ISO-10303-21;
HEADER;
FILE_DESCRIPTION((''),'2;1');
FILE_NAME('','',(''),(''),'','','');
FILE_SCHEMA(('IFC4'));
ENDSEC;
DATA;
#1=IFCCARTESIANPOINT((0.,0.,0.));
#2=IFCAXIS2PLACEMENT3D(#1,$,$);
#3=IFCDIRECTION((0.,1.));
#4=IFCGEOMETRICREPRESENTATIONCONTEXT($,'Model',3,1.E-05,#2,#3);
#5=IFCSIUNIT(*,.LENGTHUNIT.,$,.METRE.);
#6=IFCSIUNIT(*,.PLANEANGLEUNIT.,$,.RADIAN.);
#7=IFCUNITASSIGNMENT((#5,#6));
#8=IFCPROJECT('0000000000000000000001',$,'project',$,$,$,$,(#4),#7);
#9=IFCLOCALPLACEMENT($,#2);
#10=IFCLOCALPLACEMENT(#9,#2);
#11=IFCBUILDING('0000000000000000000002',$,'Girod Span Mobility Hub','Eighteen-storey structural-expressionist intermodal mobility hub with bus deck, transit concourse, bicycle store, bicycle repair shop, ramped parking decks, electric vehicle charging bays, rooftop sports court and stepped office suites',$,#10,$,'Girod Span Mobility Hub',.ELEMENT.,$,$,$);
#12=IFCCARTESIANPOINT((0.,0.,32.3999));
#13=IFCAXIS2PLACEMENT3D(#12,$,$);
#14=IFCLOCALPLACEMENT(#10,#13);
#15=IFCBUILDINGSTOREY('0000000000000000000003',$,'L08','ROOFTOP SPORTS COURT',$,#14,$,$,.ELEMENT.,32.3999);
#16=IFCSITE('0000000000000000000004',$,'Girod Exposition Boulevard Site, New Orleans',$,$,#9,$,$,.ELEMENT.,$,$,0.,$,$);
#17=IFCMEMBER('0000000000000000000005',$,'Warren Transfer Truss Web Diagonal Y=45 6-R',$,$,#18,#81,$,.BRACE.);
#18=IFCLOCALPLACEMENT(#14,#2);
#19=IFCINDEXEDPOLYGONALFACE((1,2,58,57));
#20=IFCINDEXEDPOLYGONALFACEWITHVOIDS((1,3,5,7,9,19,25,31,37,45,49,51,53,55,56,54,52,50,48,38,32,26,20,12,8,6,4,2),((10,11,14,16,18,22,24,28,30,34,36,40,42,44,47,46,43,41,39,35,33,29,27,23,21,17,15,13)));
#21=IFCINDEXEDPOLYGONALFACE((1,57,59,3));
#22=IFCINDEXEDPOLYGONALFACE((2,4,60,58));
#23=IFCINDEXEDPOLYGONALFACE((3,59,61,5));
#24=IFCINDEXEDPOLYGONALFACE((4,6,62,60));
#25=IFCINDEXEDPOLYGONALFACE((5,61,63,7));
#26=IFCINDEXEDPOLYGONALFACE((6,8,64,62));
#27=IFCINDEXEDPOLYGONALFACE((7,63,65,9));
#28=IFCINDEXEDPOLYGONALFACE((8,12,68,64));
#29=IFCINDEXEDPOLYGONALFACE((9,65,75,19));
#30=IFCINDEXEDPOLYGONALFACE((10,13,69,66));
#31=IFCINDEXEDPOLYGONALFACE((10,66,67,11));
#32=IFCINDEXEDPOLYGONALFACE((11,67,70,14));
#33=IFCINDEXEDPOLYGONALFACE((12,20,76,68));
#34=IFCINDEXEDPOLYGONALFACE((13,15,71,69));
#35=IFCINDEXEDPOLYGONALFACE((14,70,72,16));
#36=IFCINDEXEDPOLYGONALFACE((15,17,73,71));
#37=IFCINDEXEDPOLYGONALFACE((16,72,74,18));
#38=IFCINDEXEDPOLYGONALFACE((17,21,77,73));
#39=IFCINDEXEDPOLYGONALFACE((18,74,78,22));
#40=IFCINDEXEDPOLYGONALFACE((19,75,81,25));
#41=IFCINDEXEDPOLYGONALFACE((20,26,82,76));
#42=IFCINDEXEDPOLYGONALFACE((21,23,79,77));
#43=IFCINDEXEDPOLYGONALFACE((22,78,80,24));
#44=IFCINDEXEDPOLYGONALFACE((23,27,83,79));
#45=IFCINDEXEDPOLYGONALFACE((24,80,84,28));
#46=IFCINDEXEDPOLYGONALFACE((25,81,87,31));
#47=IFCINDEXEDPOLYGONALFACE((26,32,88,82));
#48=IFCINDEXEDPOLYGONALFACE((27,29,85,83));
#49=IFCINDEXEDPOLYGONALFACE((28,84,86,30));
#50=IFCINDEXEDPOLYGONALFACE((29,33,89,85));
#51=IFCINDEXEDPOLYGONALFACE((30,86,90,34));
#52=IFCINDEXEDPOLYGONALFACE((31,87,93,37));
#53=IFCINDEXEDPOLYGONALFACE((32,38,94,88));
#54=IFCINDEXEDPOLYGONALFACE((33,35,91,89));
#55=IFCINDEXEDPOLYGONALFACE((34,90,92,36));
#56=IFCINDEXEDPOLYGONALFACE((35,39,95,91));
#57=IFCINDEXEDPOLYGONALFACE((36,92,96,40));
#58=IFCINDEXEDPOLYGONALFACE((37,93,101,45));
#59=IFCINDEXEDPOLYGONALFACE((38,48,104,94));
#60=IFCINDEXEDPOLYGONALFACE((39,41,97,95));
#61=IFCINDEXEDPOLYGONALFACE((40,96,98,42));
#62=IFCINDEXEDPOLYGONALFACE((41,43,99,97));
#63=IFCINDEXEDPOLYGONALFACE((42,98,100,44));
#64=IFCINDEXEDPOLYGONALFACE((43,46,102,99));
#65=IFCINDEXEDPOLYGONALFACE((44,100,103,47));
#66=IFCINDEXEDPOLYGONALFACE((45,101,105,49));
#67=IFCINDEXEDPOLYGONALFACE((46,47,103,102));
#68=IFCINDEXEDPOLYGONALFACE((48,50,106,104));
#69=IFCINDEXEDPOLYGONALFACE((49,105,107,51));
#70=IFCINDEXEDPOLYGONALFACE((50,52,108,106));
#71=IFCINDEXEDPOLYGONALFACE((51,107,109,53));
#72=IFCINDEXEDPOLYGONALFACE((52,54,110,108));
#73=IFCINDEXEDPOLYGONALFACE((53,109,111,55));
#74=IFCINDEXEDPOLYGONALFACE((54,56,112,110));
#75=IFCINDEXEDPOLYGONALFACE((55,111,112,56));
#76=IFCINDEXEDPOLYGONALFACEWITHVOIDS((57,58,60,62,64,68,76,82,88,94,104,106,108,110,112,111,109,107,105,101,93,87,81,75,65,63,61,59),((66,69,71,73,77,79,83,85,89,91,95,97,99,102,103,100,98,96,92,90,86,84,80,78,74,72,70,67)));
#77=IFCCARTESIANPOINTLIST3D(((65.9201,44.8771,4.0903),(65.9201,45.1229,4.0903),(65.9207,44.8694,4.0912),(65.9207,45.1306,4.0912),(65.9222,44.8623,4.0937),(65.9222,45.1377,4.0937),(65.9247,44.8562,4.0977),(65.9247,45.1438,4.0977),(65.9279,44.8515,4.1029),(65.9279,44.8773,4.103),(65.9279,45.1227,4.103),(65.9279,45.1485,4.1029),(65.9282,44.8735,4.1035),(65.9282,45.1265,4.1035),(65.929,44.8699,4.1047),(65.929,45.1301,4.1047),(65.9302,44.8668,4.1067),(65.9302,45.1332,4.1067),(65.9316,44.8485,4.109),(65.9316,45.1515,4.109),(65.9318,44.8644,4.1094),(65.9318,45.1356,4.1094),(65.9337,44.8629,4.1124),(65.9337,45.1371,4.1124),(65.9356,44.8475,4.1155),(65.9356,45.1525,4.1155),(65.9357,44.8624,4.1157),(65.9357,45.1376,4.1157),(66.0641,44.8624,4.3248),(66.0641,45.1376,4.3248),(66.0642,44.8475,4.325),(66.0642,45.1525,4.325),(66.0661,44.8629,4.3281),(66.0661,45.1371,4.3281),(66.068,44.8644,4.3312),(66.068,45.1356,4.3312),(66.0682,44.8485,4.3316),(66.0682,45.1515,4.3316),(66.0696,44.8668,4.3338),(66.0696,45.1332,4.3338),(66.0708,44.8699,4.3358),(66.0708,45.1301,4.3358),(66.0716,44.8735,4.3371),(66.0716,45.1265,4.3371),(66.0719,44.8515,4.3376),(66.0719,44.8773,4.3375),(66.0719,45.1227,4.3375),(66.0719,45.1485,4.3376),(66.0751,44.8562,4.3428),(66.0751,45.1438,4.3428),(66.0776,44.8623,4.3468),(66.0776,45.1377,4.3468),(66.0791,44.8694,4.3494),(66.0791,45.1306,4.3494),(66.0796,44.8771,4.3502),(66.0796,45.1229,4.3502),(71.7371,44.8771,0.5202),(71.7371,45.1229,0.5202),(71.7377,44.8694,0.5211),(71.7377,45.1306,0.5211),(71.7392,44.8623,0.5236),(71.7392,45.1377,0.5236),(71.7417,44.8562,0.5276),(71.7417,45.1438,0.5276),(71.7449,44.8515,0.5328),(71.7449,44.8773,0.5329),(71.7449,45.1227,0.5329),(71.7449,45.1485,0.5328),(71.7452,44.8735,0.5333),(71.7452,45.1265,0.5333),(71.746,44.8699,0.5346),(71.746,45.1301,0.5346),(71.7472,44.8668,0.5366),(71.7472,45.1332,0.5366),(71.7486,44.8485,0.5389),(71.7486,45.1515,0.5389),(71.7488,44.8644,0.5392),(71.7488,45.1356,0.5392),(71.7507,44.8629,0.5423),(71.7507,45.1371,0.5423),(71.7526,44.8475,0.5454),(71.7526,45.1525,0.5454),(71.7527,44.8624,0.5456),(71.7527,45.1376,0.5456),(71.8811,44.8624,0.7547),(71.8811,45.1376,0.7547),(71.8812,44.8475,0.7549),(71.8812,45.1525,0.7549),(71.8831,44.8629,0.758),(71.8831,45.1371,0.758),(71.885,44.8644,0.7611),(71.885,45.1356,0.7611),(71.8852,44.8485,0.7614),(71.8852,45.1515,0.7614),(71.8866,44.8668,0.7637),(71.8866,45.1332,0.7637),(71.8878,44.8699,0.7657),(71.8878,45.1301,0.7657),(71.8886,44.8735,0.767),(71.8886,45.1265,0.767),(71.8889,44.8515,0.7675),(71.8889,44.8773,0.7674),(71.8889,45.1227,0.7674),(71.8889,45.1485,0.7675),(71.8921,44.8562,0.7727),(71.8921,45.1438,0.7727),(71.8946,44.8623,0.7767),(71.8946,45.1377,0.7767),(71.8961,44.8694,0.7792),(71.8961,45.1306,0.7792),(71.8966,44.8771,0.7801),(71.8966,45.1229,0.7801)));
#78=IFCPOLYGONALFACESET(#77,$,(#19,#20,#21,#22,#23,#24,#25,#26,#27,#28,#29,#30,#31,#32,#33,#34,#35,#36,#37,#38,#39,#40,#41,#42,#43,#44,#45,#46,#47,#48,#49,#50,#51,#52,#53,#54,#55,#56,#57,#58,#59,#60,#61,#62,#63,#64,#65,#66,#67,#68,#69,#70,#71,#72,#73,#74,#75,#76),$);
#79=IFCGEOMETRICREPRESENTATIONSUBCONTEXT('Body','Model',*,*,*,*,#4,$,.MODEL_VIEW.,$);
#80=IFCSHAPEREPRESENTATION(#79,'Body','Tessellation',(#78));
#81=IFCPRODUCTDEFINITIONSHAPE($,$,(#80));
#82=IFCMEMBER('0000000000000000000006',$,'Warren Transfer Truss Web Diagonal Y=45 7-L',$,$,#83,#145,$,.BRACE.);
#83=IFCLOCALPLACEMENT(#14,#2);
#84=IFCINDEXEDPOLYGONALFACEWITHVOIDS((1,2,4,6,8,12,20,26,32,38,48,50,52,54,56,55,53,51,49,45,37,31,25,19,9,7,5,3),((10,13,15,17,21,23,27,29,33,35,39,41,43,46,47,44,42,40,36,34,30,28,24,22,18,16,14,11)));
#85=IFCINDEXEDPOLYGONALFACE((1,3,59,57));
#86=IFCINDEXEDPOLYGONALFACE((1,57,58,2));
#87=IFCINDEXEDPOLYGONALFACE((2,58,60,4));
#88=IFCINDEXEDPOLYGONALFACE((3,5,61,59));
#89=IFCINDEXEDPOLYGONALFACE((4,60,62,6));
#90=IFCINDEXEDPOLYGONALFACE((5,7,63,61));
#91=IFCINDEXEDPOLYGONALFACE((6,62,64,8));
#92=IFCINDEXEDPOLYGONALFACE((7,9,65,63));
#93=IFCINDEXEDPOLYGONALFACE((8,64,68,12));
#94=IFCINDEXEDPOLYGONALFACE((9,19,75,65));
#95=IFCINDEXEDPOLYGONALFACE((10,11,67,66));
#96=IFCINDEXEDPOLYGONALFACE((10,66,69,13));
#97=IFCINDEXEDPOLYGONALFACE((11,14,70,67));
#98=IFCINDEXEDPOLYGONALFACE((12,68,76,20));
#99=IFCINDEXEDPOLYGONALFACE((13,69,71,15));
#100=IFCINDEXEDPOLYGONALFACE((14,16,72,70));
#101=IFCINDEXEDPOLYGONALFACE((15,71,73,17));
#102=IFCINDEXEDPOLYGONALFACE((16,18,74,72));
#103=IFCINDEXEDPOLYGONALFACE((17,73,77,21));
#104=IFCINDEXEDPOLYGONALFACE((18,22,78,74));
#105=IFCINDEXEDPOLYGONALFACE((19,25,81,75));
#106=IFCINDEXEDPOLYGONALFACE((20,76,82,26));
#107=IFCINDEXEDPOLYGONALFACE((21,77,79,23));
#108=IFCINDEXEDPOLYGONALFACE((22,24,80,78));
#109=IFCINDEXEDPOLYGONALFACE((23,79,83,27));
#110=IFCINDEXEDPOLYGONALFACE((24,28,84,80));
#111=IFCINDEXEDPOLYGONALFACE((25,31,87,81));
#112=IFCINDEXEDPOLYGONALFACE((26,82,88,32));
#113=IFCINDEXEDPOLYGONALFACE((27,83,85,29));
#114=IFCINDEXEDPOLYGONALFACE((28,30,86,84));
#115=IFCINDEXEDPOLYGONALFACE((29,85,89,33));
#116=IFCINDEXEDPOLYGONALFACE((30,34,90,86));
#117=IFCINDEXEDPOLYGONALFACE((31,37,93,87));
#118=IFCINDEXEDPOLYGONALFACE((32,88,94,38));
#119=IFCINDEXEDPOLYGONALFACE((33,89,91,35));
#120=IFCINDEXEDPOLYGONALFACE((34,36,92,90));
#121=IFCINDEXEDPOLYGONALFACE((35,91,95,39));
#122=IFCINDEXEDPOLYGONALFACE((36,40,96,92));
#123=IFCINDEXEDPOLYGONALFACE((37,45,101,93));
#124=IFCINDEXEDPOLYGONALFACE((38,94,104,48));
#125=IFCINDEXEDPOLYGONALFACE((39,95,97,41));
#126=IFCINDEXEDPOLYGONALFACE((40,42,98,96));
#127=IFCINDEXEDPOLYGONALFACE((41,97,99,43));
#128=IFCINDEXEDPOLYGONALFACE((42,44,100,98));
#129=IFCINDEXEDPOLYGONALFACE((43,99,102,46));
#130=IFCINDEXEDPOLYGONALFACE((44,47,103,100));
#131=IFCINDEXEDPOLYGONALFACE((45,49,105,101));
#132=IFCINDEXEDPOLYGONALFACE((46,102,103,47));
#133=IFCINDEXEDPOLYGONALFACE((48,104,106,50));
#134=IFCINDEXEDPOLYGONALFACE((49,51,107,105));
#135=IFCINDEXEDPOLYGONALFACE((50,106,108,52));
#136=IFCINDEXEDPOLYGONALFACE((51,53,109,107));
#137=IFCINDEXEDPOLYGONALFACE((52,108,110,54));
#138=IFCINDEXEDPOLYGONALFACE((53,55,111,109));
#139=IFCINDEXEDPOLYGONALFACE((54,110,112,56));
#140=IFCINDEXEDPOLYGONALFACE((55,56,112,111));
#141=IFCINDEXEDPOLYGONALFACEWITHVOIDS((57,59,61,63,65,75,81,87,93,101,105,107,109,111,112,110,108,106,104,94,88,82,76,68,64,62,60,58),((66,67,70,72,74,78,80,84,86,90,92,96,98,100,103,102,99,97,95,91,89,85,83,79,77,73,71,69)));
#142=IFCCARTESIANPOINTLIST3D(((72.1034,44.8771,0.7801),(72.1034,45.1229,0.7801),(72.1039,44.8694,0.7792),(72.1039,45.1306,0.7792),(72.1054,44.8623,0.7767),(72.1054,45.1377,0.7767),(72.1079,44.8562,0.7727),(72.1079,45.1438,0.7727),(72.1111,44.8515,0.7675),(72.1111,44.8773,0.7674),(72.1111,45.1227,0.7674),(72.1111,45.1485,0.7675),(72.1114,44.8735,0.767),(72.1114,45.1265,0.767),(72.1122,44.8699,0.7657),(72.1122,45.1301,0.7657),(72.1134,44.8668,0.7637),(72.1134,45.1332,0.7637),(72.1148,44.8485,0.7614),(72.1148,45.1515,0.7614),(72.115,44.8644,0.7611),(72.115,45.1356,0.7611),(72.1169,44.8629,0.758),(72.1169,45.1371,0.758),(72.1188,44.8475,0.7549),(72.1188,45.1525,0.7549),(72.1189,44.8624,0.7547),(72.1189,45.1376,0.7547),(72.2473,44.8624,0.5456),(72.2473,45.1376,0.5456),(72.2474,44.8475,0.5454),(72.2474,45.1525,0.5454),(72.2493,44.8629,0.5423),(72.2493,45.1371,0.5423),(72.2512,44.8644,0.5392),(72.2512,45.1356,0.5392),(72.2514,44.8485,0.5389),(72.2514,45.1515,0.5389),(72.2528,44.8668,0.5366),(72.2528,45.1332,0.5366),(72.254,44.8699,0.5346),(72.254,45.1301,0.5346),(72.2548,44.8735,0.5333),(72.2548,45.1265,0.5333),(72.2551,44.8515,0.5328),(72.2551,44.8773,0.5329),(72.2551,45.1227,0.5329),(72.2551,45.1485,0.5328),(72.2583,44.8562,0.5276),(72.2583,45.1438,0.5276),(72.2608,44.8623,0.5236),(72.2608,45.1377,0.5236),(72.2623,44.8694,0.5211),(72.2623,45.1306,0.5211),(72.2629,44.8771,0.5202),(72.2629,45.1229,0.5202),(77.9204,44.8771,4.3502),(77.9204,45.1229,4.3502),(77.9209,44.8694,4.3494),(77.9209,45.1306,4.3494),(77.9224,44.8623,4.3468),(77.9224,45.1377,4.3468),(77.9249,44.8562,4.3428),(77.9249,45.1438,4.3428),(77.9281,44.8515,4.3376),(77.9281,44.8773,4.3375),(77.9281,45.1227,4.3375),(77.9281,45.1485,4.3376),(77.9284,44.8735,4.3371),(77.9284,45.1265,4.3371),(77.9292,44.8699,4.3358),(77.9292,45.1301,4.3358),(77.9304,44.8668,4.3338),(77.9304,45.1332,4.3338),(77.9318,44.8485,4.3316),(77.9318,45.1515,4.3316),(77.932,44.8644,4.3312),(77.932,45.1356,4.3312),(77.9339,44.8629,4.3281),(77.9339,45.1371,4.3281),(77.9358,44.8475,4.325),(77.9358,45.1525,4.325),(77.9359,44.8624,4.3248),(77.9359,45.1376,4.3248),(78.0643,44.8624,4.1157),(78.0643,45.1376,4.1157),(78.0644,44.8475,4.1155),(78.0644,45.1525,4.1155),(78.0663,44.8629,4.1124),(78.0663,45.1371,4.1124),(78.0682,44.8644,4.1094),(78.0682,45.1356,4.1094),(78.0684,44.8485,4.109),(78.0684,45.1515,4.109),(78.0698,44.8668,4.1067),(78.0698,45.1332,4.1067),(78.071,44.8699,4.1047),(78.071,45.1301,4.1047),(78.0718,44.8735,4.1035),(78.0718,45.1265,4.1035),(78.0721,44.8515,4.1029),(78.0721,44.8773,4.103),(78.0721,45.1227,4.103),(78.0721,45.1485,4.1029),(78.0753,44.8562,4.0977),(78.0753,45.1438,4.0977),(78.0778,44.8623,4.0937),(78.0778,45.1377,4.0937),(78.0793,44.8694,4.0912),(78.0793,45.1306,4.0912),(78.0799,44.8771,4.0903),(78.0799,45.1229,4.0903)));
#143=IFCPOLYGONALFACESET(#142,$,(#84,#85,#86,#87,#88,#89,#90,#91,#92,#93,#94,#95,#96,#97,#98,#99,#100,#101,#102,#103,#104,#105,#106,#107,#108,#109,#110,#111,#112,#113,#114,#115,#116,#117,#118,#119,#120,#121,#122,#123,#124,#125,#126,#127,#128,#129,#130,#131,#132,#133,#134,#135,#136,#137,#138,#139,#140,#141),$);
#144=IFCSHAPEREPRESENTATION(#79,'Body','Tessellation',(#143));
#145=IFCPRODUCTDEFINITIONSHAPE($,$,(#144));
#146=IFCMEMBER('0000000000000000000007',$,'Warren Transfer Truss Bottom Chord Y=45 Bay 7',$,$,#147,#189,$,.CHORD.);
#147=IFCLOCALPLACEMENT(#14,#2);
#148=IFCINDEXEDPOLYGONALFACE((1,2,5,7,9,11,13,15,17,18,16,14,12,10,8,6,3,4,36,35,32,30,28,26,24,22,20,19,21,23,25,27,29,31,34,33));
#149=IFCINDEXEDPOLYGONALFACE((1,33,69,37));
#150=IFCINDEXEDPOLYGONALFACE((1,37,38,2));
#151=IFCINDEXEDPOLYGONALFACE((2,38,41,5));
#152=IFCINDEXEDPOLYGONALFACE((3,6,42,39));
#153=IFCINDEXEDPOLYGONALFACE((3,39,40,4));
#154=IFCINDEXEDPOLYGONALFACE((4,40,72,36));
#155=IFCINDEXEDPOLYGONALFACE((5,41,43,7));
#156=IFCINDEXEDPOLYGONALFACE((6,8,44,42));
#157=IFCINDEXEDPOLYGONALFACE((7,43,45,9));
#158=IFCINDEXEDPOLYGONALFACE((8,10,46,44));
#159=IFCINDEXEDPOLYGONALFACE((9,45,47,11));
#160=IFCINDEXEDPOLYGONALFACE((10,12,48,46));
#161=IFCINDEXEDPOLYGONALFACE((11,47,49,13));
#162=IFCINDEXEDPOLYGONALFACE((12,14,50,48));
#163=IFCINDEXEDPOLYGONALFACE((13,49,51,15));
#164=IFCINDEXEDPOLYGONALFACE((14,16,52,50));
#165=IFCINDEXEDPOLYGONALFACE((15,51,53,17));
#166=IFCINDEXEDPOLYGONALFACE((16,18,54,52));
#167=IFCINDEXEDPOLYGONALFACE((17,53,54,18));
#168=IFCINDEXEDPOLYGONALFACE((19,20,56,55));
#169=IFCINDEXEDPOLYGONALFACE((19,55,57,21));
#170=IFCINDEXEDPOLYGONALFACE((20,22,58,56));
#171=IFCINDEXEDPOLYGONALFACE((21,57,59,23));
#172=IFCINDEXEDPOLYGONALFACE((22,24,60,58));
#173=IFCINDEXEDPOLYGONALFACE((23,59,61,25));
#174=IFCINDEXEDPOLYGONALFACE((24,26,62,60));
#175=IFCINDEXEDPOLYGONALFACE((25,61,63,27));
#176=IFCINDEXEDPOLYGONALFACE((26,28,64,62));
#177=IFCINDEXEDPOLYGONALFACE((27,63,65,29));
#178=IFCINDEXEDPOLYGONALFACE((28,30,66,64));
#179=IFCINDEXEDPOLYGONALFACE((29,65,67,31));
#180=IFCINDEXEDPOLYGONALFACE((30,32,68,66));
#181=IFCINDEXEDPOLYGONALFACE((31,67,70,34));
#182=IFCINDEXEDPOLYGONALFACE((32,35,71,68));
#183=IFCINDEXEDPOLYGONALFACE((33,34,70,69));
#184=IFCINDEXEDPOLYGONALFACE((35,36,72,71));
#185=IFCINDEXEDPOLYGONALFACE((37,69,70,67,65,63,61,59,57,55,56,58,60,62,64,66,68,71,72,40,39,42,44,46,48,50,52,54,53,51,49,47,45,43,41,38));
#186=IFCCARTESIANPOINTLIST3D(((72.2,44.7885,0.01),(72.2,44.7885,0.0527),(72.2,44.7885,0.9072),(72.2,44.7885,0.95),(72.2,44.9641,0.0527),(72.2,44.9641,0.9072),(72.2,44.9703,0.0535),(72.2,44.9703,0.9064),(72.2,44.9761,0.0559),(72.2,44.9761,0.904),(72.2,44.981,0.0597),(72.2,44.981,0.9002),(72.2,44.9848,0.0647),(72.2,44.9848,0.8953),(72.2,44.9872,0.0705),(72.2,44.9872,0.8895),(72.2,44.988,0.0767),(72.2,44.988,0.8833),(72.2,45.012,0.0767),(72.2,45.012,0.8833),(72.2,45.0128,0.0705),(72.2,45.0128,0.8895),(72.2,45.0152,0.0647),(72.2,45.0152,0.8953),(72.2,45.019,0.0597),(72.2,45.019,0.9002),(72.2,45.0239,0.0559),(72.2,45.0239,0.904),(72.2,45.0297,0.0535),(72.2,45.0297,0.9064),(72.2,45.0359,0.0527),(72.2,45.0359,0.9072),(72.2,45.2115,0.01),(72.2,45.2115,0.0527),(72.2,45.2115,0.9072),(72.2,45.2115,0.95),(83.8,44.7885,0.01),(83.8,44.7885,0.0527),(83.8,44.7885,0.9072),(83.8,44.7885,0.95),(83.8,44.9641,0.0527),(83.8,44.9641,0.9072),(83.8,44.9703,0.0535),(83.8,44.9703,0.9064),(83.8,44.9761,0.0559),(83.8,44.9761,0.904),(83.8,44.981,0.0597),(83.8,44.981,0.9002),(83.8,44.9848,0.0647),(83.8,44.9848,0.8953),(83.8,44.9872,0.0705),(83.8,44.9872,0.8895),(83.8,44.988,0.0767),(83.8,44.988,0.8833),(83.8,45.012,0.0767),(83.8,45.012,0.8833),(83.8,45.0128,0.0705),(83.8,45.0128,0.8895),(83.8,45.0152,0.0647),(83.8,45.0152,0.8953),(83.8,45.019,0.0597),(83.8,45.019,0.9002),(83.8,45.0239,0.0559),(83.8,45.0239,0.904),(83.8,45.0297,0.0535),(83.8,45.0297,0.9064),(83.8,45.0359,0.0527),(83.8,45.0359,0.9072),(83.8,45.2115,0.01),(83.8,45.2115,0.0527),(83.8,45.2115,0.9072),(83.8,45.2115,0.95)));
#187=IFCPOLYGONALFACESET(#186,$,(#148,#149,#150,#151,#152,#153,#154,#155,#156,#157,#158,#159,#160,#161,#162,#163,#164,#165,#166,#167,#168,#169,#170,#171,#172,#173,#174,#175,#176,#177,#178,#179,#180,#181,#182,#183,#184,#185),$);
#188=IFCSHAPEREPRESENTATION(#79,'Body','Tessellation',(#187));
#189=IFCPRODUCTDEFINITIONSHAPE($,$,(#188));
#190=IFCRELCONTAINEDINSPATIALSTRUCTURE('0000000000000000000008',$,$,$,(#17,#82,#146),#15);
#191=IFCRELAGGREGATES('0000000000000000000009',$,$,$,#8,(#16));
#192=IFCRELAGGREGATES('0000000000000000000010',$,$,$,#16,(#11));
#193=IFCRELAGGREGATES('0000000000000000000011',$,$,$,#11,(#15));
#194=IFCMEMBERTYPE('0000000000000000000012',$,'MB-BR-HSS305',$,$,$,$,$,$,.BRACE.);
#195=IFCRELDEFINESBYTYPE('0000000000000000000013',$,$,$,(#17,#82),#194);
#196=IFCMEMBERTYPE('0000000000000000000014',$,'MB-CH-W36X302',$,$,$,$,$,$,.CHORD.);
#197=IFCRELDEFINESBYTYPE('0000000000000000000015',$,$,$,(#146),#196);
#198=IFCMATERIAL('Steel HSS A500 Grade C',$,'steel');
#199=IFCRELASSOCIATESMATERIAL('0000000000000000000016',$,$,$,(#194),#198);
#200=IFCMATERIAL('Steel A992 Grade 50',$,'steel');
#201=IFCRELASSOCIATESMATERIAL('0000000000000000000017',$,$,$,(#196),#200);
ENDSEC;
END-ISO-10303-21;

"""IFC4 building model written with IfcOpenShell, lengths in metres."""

from ifc_helpers import new_model, si_unit, direction, frame, origin, origin_2d, place, context, subcontext, project, spatial, hollow_rectangle, i_section, extrude, material, material_profile, profile_set, type_object, element, save


model = new_model("IFC4")

# Units and contexts
model_context = context("Model", 3, precision=1e-05, world=origin(), true_north=direction((0.0, 1.0)))
body_context = subcontext(model_context, "Body", "Model", "MODEL_VIEW")
ifc_project = project(units=[si_unit("LENGTHUNIT", "METRE"), si_unit("PLANEANGLEUNIT", "RADIAN")], contexts=[model_context])

# Site, building, storey
site_placement = place(None, origin())
site = spatial("IfcSite", under=ifc_project, at=site_placement, Name="Girod Exposition Boulevard Site, New Orleans", CompositionType="ELEMENT", RefElevation=0.0)
building_placement = place(site_placement, origin())
building = spatial("IfcBuilding", under=site, at=building_placement, Name="Girod Span Mobility Hub", Description="Eighteen-storey structural-expressionist intermodal mobility hub with bus deck, transit concourse, bicycle store, bicycle repair shop, ramped parking decks, electric vehicle charging bays, rooftop sports court and stepped office suites", LongName="Girod Span Mobility Hub", CompositionType="ELEMENT")
storey_placement = place(building_placement, frame((0.0, 0.0, 32.3999)))
storey = spatial("IfcBuildingStorey", under=building, at=storey_placement, Name="L08", Description="ROOFTOP SPORTS COURT", CompositionType="ELEMENT", Elevation=32.3999)

# Members
ifc_material_1 = material(Name="Steel HSS A500 Grade C", Category="steel")
ifc_material_profile_1 = material_profile(ifc_material_1, hollow_rectangle(XDim=0.3049, YDim=0.3049, WallThickness=0.0149, InnerFilletRadius=0.0149, OuterFilletRadius=0.0295, at=origin_2d()), Name="HSS305X305X16")
ifc_profile_set_1 = profile_set([ifc_material_profile_1], Name="Steel HSS A500 Grade C")
member_type_1 = type_object("IfcMemberType", Name="MB-BR-HSS305", PredefinedType="BRACE", material=ifc_profile_set_1)
for number, where, z_axis, x_axis, name in (
    (1, (71.8169, 45.0, 0.6501), (-0.852283, 0.0, 0.523081), (0.0, -1.0, 0.0), "Warren Transfer Truss Web Diagonal Y=45 6-R"),
    (2, (72.1831, 45.0, 0.6501), (0.852283, 0.0, 0.523081), (0.0, 1.0, 0.0), "Warren Transfer Truss Web Diagonal Y=45 7-L"),
):
    element("IfcMember", number, at=place(storey_placement, frame(where, z_axis=z_axis, x_axis=x_axis)), inside=storey, type_object=member_type_1, Name=name, PredefinedType="BRACE", context=body_context, shape_type="SweptSolid", body=[
        extrude(hollow_rectangle(XDim=0.3049, YDim=0.3049, WallThickness=0.0149, InnerFilletRadius=0.0149, OuterFilletRadius=0.0295, at=origin_2d()), origin(), (0.0, 0.0, 1.0), 6.8252),
    ])
ifc_material_2 = material(Name="Steel A992 Grade 50", Category="steel")
ifc_material_profile_2 = material_profile(ifc_material_2, i_section(OverallWidth=0.4231, OverallDepth=0.9399, WebThickness=0.0239, FlangeThickness=0.0427, FilletRadius=0.0239, at=origin_2d()), Name="W36X302")
ifc_profile_set_2 = profile_set([ifc_material_profile_2], Name="Steel A992 Grade 50")
member_type_2 = type_object("IfcMemberType", Name="MB-CH-W36X302", PredefinedType="CHORD", material=ifc_profile_set_2)
member_1_placement = place(storey_placement, frame((72.2, 45.0, 0.48), z_axis=(1.0, 0.0, 0.0), x_axis=(0.0, 1.0, 0.0)))
element("IfcMember", 3, at=member_1_placement, inside=storey, type_object=member_type_2, Name="Warren Transfer Truss Bottom Chord Y=45 Bay 7", PredefinedType="CHORD", context=body_context, shape_type="SweptSolid", body=[
    extrude(i_section(OverallWidth=0.4231, OverallDepth=0.9399, WebThickness=0.0239, FlangeThickness=0.0427, FilletRadius=0.0239, at=origin_2d()), origin(), (0.0, 0.0, 1.0), 11.6001),
])

save(model, "model.ifc")
